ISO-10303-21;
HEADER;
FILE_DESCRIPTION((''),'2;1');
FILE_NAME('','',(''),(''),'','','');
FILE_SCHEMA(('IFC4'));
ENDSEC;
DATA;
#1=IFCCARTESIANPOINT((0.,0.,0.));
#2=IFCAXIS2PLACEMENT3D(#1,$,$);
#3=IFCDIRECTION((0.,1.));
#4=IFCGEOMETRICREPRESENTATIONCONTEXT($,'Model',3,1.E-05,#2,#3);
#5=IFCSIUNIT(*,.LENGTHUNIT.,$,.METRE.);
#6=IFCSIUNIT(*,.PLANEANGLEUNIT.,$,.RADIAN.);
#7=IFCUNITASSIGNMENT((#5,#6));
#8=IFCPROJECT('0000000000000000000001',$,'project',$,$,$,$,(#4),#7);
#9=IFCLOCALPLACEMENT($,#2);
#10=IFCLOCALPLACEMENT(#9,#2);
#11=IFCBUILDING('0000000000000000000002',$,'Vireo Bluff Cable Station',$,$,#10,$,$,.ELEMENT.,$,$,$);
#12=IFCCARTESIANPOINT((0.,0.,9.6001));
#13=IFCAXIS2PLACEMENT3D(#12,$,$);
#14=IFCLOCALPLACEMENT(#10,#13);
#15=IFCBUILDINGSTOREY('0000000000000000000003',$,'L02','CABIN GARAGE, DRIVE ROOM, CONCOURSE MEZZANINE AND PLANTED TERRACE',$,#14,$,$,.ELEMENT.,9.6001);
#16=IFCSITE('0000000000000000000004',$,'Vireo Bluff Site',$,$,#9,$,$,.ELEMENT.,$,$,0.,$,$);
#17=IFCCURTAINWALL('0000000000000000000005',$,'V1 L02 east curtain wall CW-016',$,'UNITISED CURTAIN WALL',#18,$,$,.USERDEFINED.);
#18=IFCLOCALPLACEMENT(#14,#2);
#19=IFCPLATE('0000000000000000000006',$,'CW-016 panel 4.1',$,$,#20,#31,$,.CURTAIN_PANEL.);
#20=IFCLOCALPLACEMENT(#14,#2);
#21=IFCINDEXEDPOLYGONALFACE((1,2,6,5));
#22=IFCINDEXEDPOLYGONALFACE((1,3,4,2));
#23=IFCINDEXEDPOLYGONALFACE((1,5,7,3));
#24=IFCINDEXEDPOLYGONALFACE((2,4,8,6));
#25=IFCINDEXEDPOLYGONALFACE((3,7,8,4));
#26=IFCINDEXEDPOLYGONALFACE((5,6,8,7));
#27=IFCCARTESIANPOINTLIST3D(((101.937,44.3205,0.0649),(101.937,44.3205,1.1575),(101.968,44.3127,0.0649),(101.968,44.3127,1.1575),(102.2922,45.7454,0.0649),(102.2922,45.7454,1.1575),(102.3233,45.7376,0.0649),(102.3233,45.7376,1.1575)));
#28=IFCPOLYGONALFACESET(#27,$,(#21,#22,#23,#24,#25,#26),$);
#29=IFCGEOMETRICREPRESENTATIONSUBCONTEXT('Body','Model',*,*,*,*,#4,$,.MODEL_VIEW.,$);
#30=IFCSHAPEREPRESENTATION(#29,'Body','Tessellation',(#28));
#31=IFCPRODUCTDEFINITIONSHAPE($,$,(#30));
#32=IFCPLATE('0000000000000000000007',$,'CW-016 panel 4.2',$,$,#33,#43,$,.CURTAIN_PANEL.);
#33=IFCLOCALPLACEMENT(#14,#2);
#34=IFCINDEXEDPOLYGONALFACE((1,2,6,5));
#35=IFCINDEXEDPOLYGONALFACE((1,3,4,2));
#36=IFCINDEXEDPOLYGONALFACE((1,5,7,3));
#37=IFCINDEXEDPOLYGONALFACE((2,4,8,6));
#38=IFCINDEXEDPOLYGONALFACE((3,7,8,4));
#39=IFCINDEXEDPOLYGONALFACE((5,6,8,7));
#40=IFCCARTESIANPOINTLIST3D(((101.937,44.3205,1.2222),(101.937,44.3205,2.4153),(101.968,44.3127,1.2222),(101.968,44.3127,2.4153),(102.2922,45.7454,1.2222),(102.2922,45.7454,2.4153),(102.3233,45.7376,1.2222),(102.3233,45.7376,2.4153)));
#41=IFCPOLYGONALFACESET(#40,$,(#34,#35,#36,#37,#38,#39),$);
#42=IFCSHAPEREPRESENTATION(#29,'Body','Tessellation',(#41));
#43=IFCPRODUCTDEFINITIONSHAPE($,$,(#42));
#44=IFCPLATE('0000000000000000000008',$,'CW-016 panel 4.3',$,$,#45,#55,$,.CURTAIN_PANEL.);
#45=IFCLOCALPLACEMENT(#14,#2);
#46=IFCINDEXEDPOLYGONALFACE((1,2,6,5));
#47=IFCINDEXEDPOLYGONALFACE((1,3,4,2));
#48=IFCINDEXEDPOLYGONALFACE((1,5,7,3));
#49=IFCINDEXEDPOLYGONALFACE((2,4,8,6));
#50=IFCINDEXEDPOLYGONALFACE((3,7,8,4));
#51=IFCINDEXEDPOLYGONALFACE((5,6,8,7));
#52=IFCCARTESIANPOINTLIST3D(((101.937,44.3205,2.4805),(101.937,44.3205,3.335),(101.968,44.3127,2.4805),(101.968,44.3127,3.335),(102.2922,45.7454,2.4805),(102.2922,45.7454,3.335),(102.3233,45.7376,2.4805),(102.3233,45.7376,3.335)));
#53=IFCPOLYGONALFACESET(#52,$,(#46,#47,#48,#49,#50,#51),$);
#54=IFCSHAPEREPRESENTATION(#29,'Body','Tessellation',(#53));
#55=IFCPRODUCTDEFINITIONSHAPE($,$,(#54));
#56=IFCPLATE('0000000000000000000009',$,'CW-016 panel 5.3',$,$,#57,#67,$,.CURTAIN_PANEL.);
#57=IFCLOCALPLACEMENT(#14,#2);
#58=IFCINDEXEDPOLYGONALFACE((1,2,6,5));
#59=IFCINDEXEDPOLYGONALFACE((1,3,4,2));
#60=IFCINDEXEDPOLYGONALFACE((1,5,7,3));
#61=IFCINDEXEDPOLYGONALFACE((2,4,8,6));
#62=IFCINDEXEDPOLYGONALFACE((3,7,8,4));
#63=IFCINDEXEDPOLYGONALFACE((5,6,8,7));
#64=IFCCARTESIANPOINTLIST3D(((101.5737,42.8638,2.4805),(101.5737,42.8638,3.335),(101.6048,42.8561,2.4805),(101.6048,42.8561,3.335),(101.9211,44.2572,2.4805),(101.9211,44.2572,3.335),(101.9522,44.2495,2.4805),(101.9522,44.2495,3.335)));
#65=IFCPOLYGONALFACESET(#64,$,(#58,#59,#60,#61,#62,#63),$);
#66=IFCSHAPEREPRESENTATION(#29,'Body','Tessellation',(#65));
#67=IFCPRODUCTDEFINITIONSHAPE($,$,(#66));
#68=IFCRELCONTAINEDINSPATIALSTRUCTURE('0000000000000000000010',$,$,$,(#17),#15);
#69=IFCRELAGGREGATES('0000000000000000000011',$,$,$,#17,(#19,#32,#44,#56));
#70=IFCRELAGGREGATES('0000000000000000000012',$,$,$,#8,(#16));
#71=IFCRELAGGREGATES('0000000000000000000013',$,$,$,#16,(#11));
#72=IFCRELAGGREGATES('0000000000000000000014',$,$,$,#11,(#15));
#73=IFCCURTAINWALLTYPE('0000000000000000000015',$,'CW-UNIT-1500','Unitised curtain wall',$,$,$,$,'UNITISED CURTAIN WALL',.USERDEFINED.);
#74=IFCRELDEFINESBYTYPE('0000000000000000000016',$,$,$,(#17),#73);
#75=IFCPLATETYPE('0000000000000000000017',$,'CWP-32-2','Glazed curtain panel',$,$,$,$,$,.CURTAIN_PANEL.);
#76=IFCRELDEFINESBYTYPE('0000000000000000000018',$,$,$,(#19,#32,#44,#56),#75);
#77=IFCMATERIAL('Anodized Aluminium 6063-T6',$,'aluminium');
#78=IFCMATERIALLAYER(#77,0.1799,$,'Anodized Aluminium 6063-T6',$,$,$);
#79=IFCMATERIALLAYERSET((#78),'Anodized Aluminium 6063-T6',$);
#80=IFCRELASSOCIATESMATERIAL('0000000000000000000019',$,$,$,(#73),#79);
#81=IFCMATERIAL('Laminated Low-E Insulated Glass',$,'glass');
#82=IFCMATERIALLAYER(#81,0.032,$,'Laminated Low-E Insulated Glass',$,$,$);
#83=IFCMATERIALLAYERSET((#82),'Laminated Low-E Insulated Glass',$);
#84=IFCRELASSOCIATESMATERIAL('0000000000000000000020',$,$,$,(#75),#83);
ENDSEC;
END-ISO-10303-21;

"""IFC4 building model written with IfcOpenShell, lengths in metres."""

from ifc_helpers import new_model, si_unit, direction, frame, origin, origin_2d, place, context, subcontext, project, spatial, rectangle, extrude, material, layer, layer_set, type_object, element, aggregate, save


model = new_model("IFC4")

# Units and contexts
model_context = context("Model", 3, precision=1e-05, world=origin(), true_north=direction((0.0, 1.0)))
body_context = subcontext(model_context, "Body", "Model", "MODEL_VIEW")
ifc_project = project(units=[si_unit("LENGTHUNIT", "METRE"), si_unit("PLANEANGLEUNIT", "RADIAN")], contexts=[model_context])

# Site, building, storey
site_placement = place(None, origin())
site = spatial("IfcSite", under=ifc_project, at=site_placement, Name="Vireo Bluff Site", CompositionType="ELEMENT", RefElevation=0.0)
building_placement = place(site_placement, origin())
building = spatial("IfcBuilding", under=site, at=building_placement, Name="Vireo Bluff Cable Station", CompositionType="ELEMENT")
storey_placement = place(building_placement, frame((0.0, 0.0, 9.6001)))
storey = spatial("IfcBuildingStorey", under=building, at=storey_placement, Name="L02", Description="CABIN GARAGE, DRIVE ROOM, CONCOURSE MEZZANINE AND PLANTED TERRACE", CompositionType="ELEMENT", Elevation=9.6001)

# Curtain wall
ifc_material_1 = material(Name="Anodized Aluminium 6063-T6", Category="aluminium")
ifc_layer_1 = layer(ifc_material_1, 0.1799, Name="Anodized Aluminium 6063-T6")
ifc_layer_set_1 = layer_set([ifc_layer_1], Name="Anodized Aluminium 6063-T6")
curtain_wall_type = type_object("IfcCurtainWallType", Name="CW-UNIT-1500", Description="Unitised curtain wall", ElementType="UNITISED CURTAIN WALL", PredefinedType="USERDEFINED", material=ifc_layer_set_1)
curtain_wall_placement = place(storey_placement, origin())
curtain_wall = element("IfcCurtainWall", 1, at=curtain_wall_placement, inside=storey, type_object=curtain_wall_type, Name="V1 L02 east curtain wall CW-016", ObjectType="UNITISED CURTAIN WALL", PredefinedType="USERDEFINED")

# Plates
ifc_material_2 = material(Name="Laminated Low-E Insulated Glass", Category="glass")
ifc_layer_2 = layer(ifc_material_2, 0.032, Name="Laminated Low-E Insulated Glass")
ifc_layer_set_2 = layer_set([ifc_layer_2], Name="Laminated Low-E Insulated Glass")
plate_type = type_object("IfcPlateType", Name="CWP-32-2", Description="Glazed curtain panel", PredefinedType="CURTAIN_PANEL", material=ifc_layer_set_2)
plate_1_placement = place(storey_placement, frame((102.1301, 45.0291, 0.0649), z_axis=(0.0, 0.0, 1.0), x_axis=(-0.241922, -0.970296, 0.0)))
plate_1 = element("IfcPlate", 2, at=plate_1_placement, type_object=plate_type, Name="CW-016 panel 4.1", PredefinedType="CURTAIN_PANEL", context=body_context, shape_type="SweptSolid", body=[
    extrude(rectangle(XDim=1.4685, YDim=0.032, at=origin_2d()), origin(), (0.0, 0.0, 1.0), 1.0925),
])
plate_2_placement = place(storey_placement, frame((102.1301, 45.0291, 1.2222), z_axis=(0.0, 0.0, 1.0), x_axis=(-0.241922, -0.970296, 0.0)))
plate_2 = element("IfcPlate", 3, at=plate_2_placement, type_object=plate_type, Name="CW-016 panel 4.2", PredefinedType="CURTAIN_PANEL", context=body_context, shape_type="SweptSolid", body=[
    extrude(rectangle(XDim=1.4685, YDim=0.032, at=origin_2d()), origin(), (0.0, 0.0, 1.0), 1.1931),
])
plate_3_placement = place(storey_placement, frame((102.1301, 45.0291, 2.4805), z_axis=(0.0, 0.0, 1.0), x_axis=(-0.241922, -0.970296, 0.0)))
plate_3 = element("IfcPlate", 4, at=plate_3_placement, type_object=plate_type, Name="CW-016 panel 4.3", PredefinedType="CURTAIN_PANEL", context=body_context, shape_type="SweptSolid", body=[
    extrude(rectangle(XDim=1.4685, YDim=0.032, at=origin_2d()), origin(), (0.0, 0.0, 1.0), 0.8545),
])
plate_4_placement = place(storey_placement, frame((101.7629, 43.5566, 2.4805), z_axis=(0.0, 0.0, 1.0), x_axis=(-0.241922, -0.970296, 0.0)))
plate_4 = element("IfcPlate", 5, at=plate_4_placement, type_object=plate_type, Name="CW-016 panel 5.3", PredefinedType="CURTAIN_PANEL", context=body_context, shape_type="SweptSolid", body=[
    extrude(rectangle(XDim=1.436, YDim=0.032, at=origin_2d()), origin(), (0.0, 0.0, 1.0), 0.8545),
])
aggregate(curtain_wall, [plate_1, plate_2, plate_3, plate_4])

save(model, "model.ifc")
